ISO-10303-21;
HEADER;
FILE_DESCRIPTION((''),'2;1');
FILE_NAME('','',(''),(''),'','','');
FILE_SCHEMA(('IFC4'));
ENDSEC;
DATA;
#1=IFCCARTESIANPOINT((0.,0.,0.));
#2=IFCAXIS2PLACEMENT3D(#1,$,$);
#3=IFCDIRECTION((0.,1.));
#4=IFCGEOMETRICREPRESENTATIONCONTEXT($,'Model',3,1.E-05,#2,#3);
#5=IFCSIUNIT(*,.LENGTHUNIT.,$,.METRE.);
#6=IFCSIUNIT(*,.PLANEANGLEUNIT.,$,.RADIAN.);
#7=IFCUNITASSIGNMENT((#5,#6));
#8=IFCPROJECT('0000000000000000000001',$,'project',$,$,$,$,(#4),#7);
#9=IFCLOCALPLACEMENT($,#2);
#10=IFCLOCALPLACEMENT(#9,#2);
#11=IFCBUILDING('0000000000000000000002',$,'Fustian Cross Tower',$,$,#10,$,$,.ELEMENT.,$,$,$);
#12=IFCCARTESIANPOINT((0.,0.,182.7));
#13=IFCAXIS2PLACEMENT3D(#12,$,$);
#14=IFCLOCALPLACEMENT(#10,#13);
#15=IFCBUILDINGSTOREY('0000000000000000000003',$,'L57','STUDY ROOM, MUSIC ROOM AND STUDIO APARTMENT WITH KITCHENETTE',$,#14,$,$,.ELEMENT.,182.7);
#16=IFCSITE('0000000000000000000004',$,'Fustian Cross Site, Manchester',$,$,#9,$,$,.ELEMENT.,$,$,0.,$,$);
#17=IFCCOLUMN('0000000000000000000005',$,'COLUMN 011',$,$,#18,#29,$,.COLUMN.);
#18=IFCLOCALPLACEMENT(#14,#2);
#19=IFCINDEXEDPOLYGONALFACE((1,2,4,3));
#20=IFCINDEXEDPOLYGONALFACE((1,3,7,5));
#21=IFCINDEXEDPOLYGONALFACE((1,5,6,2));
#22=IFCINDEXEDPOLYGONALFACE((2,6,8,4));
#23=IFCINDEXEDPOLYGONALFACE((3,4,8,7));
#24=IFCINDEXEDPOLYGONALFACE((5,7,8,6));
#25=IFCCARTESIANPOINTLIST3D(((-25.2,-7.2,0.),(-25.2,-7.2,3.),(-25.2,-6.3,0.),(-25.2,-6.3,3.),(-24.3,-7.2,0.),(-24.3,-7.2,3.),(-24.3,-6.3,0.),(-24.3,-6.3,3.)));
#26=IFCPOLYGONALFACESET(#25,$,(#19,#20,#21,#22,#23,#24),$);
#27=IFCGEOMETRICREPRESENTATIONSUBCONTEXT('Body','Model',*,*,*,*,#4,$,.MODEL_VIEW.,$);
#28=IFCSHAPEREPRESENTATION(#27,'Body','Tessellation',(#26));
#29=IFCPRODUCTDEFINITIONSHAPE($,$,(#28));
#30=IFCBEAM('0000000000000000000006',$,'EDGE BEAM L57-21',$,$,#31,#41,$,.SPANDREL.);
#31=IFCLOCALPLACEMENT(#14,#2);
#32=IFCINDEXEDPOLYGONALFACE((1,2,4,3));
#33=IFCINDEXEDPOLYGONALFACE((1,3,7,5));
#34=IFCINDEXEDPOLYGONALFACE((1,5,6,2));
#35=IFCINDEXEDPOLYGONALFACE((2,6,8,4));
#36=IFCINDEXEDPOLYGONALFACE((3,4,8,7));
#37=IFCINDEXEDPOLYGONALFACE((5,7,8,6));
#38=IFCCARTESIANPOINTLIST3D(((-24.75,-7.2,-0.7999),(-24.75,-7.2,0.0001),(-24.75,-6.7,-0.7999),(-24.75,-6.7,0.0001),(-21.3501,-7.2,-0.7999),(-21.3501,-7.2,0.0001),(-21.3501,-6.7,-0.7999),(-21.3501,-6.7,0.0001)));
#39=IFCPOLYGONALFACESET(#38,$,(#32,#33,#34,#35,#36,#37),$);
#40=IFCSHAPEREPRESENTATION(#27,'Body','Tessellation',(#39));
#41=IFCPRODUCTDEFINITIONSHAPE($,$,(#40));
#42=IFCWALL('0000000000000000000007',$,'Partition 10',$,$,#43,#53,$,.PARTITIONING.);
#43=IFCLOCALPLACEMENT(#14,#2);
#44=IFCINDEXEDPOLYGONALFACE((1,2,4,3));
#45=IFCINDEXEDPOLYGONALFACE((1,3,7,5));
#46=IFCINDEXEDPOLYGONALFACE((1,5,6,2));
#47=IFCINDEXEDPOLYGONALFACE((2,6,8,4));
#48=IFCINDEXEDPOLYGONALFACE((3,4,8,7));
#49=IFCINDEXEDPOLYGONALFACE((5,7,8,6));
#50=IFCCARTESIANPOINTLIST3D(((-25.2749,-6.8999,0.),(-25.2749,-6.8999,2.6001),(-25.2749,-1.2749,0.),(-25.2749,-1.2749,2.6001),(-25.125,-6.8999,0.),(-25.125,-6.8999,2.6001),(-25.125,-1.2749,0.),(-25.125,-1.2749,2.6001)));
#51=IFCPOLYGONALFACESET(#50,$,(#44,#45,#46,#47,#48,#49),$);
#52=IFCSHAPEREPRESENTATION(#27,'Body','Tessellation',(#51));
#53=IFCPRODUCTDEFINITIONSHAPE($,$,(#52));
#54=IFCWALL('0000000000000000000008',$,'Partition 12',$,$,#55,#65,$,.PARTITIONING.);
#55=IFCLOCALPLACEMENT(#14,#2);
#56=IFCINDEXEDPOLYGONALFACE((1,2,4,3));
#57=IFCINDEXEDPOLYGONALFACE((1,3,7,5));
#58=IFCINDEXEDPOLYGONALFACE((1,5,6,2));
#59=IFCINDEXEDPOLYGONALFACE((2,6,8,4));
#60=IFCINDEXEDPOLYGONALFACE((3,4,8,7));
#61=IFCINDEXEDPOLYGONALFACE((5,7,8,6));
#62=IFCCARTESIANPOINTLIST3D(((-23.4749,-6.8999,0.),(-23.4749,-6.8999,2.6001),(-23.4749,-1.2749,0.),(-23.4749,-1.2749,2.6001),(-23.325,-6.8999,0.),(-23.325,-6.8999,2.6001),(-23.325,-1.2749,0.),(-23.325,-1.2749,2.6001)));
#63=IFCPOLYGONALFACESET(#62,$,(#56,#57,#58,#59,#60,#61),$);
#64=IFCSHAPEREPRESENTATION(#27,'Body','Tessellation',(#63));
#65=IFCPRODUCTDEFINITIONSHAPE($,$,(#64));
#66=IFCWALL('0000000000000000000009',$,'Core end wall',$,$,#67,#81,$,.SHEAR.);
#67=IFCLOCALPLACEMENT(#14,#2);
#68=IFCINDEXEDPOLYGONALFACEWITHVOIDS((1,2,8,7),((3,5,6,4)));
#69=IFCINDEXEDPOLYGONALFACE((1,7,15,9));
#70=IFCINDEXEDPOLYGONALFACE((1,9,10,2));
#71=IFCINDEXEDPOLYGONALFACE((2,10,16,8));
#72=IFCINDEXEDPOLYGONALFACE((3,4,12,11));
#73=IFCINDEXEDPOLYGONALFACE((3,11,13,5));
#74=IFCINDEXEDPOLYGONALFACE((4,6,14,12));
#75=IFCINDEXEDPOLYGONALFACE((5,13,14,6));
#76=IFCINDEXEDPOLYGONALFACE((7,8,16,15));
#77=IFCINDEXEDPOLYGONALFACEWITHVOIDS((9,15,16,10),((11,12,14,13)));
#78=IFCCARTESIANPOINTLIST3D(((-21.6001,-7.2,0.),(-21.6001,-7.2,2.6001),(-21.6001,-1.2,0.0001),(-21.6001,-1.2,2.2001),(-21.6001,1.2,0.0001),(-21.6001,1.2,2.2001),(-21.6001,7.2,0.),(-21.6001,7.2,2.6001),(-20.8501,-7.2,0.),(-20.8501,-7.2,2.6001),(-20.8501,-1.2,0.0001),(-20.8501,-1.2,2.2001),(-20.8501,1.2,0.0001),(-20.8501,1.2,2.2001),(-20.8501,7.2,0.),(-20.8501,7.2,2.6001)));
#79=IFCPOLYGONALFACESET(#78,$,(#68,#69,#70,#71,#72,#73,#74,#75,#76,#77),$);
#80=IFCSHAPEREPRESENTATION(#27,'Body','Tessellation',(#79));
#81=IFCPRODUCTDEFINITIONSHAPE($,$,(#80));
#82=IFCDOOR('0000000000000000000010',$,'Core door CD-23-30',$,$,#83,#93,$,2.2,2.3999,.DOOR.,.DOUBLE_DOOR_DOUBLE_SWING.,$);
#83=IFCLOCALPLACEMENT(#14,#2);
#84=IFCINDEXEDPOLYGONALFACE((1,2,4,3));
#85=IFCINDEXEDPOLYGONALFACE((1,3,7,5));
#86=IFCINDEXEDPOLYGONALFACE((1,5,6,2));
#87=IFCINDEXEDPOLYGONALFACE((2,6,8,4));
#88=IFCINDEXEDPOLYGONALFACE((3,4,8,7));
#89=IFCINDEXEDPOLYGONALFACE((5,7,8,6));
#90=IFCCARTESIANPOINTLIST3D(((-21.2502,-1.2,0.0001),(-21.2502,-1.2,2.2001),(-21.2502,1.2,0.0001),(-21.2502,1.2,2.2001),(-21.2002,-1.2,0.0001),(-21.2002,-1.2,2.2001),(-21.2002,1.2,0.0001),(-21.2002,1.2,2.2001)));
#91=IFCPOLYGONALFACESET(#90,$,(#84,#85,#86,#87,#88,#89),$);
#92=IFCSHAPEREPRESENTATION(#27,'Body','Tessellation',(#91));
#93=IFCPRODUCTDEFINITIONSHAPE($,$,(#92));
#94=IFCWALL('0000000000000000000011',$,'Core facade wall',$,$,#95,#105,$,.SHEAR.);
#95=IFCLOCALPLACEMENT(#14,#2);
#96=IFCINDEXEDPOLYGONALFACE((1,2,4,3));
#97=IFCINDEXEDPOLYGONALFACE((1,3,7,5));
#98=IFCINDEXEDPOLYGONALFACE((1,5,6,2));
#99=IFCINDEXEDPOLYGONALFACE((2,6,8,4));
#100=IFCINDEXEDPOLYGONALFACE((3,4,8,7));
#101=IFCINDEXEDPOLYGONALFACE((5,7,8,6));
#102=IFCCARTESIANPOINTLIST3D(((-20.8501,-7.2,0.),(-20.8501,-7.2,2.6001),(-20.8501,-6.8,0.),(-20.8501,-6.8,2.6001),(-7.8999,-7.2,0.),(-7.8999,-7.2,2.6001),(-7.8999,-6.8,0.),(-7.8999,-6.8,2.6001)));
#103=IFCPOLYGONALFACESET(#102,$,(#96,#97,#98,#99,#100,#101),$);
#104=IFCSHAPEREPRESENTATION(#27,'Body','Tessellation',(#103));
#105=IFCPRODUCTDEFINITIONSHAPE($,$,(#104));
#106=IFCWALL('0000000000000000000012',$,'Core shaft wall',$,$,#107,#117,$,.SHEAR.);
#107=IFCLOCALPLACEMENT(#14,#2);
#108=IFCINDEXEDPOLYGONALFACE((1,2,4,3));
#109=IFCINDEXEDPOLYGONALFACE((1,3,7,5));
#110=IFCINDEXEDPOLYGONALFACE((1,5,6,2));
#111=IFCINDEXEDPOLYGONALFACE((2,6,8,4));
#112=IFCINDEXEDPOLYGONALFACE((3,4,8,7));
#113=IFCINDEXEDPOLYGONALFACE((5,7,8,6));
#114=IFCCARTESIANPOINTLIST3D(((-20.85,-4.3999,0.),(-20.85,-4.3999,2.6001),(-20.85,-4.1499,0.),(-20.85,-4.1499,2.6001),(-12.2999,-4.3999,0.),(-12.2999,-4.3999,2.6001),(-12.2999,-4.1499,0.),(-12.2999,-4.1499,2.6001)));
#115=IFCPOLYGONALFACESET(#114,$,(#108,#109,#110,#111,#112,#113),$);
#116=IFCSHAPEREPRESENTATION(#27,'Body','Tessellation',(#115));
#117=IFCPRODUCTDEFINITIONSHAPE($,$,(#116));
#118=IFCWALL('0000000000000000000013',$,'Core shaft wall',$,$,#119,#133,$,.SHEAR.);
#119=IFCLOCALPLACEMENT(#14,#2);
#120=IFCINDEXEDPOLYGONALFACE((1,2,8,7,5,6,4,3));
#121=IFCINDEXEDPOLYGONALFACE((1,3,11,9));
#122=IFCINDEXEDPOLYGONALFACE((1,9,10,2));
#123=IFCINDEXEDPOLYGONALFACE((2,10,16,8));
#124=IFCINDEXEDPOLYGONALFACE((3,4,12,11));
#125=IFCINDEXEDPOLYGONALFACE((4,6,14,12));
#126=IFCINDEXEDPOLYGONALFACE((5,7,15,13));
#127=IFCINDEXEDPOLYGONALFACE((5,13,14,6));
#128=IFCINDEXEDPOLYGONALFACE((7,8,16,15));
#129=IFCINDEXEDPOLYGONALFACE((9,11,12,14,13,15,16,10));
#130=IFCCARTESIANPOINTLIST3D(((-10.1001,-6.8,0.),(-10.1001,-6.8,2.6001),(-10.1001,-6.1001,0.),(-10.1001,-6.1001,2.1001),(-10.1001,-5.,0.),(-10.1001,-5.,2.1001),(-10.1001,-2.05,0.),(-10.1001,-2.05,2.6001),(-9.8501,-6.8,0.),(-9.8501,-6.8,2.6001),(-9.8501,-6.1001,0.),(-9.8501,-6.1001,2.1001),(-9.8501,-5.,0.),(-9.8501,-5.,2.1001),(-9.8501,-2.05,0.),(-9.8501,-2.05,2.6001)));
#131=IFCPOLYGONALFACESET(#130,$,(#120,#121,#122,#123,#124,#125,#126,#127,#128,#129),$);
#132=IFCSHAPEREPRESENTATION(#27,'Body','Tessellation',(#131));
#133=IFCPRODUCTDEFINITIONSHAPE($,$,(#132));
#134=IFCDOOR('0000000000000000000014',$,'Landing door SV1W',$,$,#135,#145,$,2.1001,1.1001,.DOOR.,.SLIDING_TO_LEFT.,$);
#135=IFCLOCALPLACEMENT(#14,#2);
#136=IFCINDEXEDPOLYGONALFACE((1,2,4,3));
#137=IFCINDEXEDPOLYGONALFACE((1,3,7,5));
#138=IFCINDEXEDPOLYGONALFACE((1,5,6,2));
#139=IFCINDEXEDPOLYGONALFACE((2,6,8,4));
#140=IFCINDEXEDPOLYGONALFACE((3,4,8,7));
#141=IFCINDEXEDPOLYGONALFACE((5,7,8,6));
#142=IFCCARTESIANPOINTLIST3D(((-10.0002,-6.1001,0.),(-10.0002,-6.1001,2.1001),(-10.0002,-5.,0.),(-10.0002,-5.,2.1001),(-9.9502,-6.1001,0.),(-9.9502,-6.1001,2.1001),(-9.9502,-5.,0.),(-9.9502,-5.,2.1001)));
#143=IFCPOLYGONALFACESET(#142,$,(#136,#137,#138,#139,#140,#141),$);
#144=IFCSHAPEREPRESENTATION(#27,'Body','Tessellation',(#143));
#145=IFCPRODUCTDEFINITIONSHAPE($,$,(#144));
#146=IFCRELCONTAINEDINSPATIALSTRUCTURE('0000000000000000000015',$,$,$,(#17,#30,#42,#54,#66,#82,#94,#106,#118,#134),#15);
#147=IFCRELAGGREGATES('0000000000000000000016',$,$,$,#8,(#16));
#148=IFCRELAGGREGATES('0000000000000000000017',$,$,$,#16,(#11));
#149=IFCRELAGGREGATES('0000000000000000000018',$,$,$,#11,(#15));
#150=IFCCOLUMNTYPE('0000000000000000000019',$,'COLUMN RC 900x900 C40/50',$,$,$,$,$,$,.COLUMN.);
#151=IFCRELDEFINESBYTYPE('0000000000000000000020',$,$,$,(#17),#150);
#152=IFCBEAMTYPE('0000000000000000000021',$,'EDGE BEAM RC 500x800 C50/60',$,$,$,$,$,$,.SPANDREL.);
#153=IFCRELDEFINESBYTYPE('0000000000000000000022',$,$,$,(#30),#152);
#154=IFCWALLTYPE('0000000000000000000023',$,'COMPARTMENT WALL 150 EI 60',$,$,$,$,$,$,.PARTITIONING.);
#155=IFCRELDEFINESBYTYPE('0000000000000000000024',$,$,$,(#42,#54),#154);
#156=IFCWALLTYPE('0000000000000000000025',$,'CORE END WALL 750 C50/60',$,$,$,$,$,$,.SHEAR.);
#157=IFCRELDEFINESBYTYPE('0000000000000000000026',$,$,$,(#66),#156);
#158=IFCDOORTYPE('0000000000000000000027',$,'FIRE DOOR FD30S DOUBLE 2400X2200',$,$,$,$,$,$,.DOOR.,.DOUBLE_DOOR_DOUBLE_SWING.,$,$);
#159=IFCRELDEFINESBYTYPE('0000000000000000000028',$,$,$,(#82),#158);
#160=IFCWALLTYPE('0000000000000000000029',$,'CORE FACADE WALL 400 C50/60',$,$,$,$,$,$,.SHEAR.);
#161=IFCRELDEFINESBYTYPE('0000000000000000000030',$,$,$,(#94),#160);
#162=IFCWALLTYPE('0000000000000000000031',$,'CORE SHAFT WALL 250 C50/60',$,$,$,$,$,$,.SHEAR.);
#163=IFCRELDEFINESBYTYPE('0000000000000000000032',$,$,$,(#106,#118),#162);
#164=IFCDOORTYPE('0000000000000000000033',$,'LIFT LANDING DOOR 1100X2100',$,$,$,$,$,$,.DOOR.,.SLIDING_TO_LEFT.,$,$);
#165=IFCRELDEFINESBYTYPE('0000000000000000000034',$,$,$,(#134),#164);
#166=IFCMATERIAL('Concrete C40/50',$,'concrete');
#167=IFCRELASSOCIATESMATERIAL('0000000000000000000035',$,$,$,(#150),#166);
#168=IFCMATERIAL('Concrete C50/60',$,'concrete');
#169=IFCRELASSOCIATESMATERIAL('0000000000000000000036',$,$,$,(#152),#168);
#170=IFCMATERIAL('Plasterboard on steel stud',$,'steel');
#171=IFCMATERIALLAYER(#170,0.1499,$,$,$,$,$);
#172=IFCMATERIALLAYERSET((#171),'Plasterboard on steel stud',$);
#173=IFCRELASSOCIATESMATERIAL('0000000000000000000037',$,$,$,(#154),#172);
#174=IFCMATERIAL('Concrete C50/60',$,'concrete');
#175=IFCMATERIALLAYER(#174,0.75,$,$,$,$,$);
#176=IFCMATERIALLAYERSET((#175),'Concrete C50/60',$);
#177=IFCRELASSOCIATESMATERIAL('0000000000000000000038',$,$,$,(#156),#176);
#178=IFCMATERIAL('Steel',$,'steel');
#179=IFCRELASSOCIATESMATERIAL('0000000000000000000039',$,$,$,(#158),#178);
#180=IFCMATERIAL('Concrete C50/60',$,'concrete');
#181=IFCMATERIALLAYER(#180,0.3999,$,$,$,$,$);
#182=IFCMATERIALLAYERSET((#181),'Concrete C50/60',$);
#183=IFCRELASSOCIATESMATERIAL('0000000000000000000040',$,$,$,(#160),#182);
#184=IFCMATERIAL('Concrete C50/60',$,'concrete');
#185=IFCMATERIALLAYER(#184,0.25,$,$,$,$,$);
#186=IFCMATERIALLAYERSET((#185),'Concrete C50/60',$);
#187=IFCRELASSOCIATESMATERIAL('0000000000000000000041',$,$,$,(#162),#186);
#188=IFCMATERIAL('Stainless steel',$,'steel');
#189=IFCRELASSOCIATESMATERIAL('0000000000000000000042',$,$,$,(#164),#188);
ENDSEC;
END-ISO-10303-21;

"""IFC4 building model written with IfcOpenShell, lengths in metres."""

from ifc_helpers import new_model, si_unit, direction, frame, frame_2d, origin, origin_2d, place, context, subcontext, project, spatial, rectangle, extrude, material, layer, layer_set, material_profile, profile_set, type_object, element, fill, save


model = new_model("IFC4")

# Units and contexts
model_context = context("Model", 3, precision=1e-05, world=origin(), true_north=direction((0.0, 1.0)))
body_context = subcontext(model_context, "Body", "Model", "MODEL_VIEW")
ifc_project = project(units=[si_unit("LENGTHUNIT", "METRE"), si_unit("PLANEANGLEUNIT", "RADIAN")], contexts=[model_context])

# Site, building, storey
site_placement = place(None, origin())
site = spatial("IfcSite", under=ifc_project, at=site_placement, Name="Fustian Cross Site, Manchester", CompositionType="ELEMENT", RefElevation=0.0)
building_placement = place(site_placement, origin())
building = spatial("IfcBuilding", under=site, at=building_placement, Name="Fustian Cross Tower", CompositionType="ELEMENT")
storey_placement = place(building_placement, frame((0.0, 0.0, 182.7)))
storey = spatial("IfcBuildingStorey", under=building, at=storey_placement, Name="L57", Description="STUDY ROOM, MUSIC ROOM AND STUDIO APARTMENT WITH KITCHENETTE", CompositionType="ELEMENT", Elevation=182.7)

# Column
ifc_material_1 = material(Name="Concrete C40/50", Category="concrete")
ifc_material_profile_1 = material_profile(ifc_material_1, rectangle(XDim=0.8999, YDim=0.8999, at=origin_2d()), Name="RC 900x900")
ifc_profile_set_1 = profile_set([ifc_material_profile_1], Name="Concrete C40/50")
column_type = type_object("IfcColumnType", Name="COLUMN RC 900x900 C40/50", PredefinedType="COLUMN", material=ifc_profile_set_1)
column_placement = place(storey_placement, frame((-24.75, -6.75, 0.0), z_axis=(0.0, 0.0, 1.0), x_axis=(1.0, 0.0, 0.0)))
element("IfcColumn", 1, at=column_placement, inside=storey, type_object=column_type, Name="COLUMN 011", PredefinedType="COLUMN", context=body_context, shape_type="SweptSolid", body=[
    extrude(rectangle(XDim=0.8999, YDim=0.8999, at=origin_2d()), origin(), (0.0, 0.0, 1.0), 3.0),
])

# Beam
ifc_material_2 = material(Name="Concrete C50/60", Category="concrete")
ifc_material_profile_2 = material_profile(ifc_material_2, rectangle(XDim=0.5, YDim=0.8, at=origin_2d()), Name="RC 500x800")
ifc_profile_set_2 = profile_set([ifc_material_profile_2], Name="Concrete C50/60")
beam_type = type_object("IfcBeamType", Name="EDGE BEAM RC 500x800 C50/60", PredefinedType="SPANDREL", material=ifc_profile_set_2)
beam_placement = place(storey_placement, frame((-24.75, -6.95, -0.3999), z_axis=(1.0, 0.0, 0.0), x_axis=(0.0, 1.0, 0.0)))
element("IfcBeam", 2, at=beam_placement, inside=storey, type_object=beam_type, Name="EDGE BEAM L57-21", PredefinedType="SPANDREL", context=body_context, shape_type="SweptSolid", body=[
    extrude(rectangle(XDim=0.5, YDim=0.8, at=origin_2d()), origin(), (0.0, 0.0, 1.0), 3.3999),
])

# Walls
ifc_material_3 = material(Name="Plasterboard on steel stud", Category="steel")
ifc_layer_1 = layer(ifc_material_3, 0.1499)
ifc_layer_set_1 = layer_set([ifc_layer_1], Name="Plasterboard on steel stud")
wall_type_1 = type_object("IfcWallType", Name="COMPARTMENT WALL 150 EI 60", PredefinedType="PARTITIONING", material=ifc_layer_set_1)
for number, where, z_axis, x_axis, name in (
    (3, (-25.2, -6.8999, 0.0), (0.0, 0.0, 1.0), (0.0, 1.0, 0.0), "Partition 10"),
    (4, (-23.3999, -6.8999, 0.0), (0.0, 0.0, 1.0), (0.0, 1.0, 0.0), "Partition 12"),
):
    element("IfcWall", number, at=place(storey_placement, frame(where, z_axis=z_axis, x_axis=x_axis)), inside=storey, type_object=wall_type_1, Name=name, PredefinedType="PARTITIONING", context=body_context, shape_type="SweptSolid", body=[
        extrude(rectangle(XDim=5.625, YDim=0.1499, at=frame_2d((2.8125, 0.0))), origin(), (0.0, 0.0, 1.0), 2.6001),
    ])

# Wall, opening, door
ifc_material_4 = material(Name="Concrete C50/60", Category="concrete")
ifc_layer_2 = layer(ifc_material_4, 0.75)
ifc_layer_set_2 = layer_set([ifc_layer_2], Name="Concrete C50/60")
wall_type_2 = type_object("IfcWallType", Name="CORE END WALL 750 C50/60", PredefinedType="SHEAR", material=ifc_layer_set_2)
wall_1_placement = place(storey_placement, frame((-21.2251, -7.2, 0.0), z_axis=(0.0, 0.0, 1.0), x_axis=(0.0, 1.0, 0.0)))
wall_1 = element("IfcWall", 5, at=wall_1_placement, inside=storey, type_object=wall_type_2, Name="Core end wall", PredefinedType="SHEAR", context=body_context, shape_type="SweptSolid", body=[
    extrude(rectangle(XDim=14.3999, YDim=0.75, at=frame_2d((7.2, 0.0))), origin(), (0.0, 0.0, 1.0), 2.6001),
])
opening_1_placement = place(wall_1_placement, frame((6.0, 0.0, 0.0)))
opening_1 = element("IfcOpeningElement", 6, at=opening_1_placement, cuts=wall_1, PredefinedType="OPENING", context=body_context, shape_type="SweptSolid", body=[
    extrude(rectangle(XDim=2.3999, YDim=2.2, at=frame_2d((1.2, 1.1001))), frame((0.0, 0.385, 0.0), z_axis=(0.0, -1.0, 0.0), x_axis=(1.0, 0.0, 0.0)), (0.0, 0.0, 1.0), 0.77),
])
ifc_material_5 = material(Name="Steel", Category="steel")
door_type_1 = type_object("IfcDoorType", Name="FIRE DOOR FD30S DOUBLE 2400X2200", OperationType="DOUBLE_DOOR_DOUBLE_SWING", PredefinedType="DOOR", material=ifc_material_5)
door_1_placement = place(opening_1_placement, frame((2.3999, 0.0, 0.0), z_axis=(0.0, 0.0, 1.0), x_axis=(-1.0, 0.0, 0.0)))
door_1 = element("IfcDoor", 7, at=door_1_placement, inside=storey, type_object=door_type_1, Name="Core door CD-23-30", OperationType="DOUBLE_DOOR_DOUBLE_SWING", OverallHeight=2.2, OverallWidth=2.3999, PredefinedType="DOOR", context=body_context, shape_type="SweptSolid", body=[
    extrude(rectangle(XDim=2.3999, YDim=2.2, at=frame_2d((1.2, 1.1001))), frame((0.0, 0.0249, 0.0), z_axis=(0.0, -1.0, 0.0), x_axis=(1.0, 0.0, 0.0)), (0.0, 0.0, 1.0), 0.05),
])
fill(opening_1, door_1)

# Walls
ifc_material_6 = material(Name="Concrete C50/60", Category="concrete")
ifc_layer_3 = layer(ifc_material_6, 0.3999)
ifc_layer_set_3 = layer_set([ifc_layer_3], Name="Concrete C50/60")
wall_type_3 = type_object("IfcWallType", Name="CORE FACADE WALL 400 C50/60", PredefinedType="SHEAR", material=ifc_layer_set_3)
wall_2_placement = place(storey_placement, frame((-7.8999, -7.0, 0.0), z_axis=(0.0, 0.0, 1.0), x_axis=(-1.0, 0.0, 0.0)))
element("IfcWall", 8, at=wall_2_placement, inside=storey, type_object=wall_type_3, Name="Core facade wall", PredefinedType="SHEAR", context=body_context, shape_type="SweptSolid", body=[
    extrude(rectangle(XDim=12.9502, YDim=0.3999, at=frame_2d((6.4751, 0.0))), origin(), (0.0, 0.0, 1.0), 2.6001),
])
ifc_material_7 = material(Name="Concrete C50/60", Category="concrete")
ifc_layer_4 = layer(ifc_material_7, 0.25)
ifc_layer_set_4 = layer_set([ifc_layer_4], Name="Concrete C50/60")
wall_type_4 = type_object("IfcWallType", Name="CORE SHAFT WALL 250 C50/60", PredefinedType="SHEAR", material=ifc_layer_set_4)
wall_3_placement = place(storey_placement, frame((-12.3, -4.2749, 0.0), z_axis=(0.0, 0.0, 1.0), x_axis=(-1.0, 0.0, 0.0)))
element("IfcWall", 9, at=wall_3_placement, inside=storey, type_object=wall_type_4, Name="Core shaft wall", PredefinedType="SHEAR", context=body_context, shape_type="SweptSolid", body=[
    extrude(rectangle(XDim=8.55, YDim=0.25, at=frame_2d((4.2749, 0.0))), origin(), (0.0, 0.0, 1.0), 2.6001),
])

# Wall, opening, door
wall_4_placement = place(storey_placement, frame((-9.9751, -2.05, 0.0), z_axis=(0.0, 0.0, 1.0), x_axis=(0.0, -1.0, 0.0)))
wall_4 = element("IfcWall", 10, at=wall_4_placement, inside=storey, type_object=wall_type_4, Name="Core shaft wall", PredefinedType="SHEAR", context=body_context, shape_type="SweptSolid", body=[
    extrude(rectangle(XDim=4.75, YDim=0.25, at=frame_2d((2.375, 0.0))), origin(), (0.0, 0.0, 1.0), 2.6001),
])
opening_2_placement = place(wall_4_placement, frame((2.95, 0.0, 0.0)))
opening_2 = element("IfcOpeningElement", 11, at=opening_2_placement, cuts=wall_4, PredefinedType="OPENING", context=body_context, shape_type="SweptSolid", body=[
    extrude(rectangle(XDim=1.1001, YDim=2.1001, at=frame_2d((0.55, 1.05))), frame((0.0, 0.135, 0.0), z_axis=(0.0, -1.0, 0.0), x_axis=(1.0, 0.0, 0.0)), (0.0, 0.0, 1.0), 0.27),
])
ifc_material_8 = material(Name="Stainless steel", Category="steel")
door_type_2 = type_object("IfcDoorType", Name="LIFT LANDING DOOR 1100X2100", OperationType="SLIDING_TO_LEFT", PredefinedType="DOOR", material=ifc_material_8)
door_2_placement = place(opening_2_placement, origin())
door_2 = element("IfcDoor", 12, at=door_2_placement, inside=storey, type_object=door_type_2, Name="Landing door SV1W", OperationType="SLIDING_TO_LEFT", OverallHeight=2.1001, OverallWidth=1.1001, PredefinedType="DOOR", context=body_context, shape_type="SweptSolid", body=[
    extrude(rectangle(XDim=1.1001, YDim=2.1001, at=frame_2d((0.55, 1.05))), frame((0.0, 0.0249, 0.0), z_axis=(0.0, -1.0, 0.0), x_axis=(1.0, 0.0, 0.0)), (0.0, 0.0, 1.0), 0.05),
])
fill(opening_2, door_2)

save(model, "model.ifc")
